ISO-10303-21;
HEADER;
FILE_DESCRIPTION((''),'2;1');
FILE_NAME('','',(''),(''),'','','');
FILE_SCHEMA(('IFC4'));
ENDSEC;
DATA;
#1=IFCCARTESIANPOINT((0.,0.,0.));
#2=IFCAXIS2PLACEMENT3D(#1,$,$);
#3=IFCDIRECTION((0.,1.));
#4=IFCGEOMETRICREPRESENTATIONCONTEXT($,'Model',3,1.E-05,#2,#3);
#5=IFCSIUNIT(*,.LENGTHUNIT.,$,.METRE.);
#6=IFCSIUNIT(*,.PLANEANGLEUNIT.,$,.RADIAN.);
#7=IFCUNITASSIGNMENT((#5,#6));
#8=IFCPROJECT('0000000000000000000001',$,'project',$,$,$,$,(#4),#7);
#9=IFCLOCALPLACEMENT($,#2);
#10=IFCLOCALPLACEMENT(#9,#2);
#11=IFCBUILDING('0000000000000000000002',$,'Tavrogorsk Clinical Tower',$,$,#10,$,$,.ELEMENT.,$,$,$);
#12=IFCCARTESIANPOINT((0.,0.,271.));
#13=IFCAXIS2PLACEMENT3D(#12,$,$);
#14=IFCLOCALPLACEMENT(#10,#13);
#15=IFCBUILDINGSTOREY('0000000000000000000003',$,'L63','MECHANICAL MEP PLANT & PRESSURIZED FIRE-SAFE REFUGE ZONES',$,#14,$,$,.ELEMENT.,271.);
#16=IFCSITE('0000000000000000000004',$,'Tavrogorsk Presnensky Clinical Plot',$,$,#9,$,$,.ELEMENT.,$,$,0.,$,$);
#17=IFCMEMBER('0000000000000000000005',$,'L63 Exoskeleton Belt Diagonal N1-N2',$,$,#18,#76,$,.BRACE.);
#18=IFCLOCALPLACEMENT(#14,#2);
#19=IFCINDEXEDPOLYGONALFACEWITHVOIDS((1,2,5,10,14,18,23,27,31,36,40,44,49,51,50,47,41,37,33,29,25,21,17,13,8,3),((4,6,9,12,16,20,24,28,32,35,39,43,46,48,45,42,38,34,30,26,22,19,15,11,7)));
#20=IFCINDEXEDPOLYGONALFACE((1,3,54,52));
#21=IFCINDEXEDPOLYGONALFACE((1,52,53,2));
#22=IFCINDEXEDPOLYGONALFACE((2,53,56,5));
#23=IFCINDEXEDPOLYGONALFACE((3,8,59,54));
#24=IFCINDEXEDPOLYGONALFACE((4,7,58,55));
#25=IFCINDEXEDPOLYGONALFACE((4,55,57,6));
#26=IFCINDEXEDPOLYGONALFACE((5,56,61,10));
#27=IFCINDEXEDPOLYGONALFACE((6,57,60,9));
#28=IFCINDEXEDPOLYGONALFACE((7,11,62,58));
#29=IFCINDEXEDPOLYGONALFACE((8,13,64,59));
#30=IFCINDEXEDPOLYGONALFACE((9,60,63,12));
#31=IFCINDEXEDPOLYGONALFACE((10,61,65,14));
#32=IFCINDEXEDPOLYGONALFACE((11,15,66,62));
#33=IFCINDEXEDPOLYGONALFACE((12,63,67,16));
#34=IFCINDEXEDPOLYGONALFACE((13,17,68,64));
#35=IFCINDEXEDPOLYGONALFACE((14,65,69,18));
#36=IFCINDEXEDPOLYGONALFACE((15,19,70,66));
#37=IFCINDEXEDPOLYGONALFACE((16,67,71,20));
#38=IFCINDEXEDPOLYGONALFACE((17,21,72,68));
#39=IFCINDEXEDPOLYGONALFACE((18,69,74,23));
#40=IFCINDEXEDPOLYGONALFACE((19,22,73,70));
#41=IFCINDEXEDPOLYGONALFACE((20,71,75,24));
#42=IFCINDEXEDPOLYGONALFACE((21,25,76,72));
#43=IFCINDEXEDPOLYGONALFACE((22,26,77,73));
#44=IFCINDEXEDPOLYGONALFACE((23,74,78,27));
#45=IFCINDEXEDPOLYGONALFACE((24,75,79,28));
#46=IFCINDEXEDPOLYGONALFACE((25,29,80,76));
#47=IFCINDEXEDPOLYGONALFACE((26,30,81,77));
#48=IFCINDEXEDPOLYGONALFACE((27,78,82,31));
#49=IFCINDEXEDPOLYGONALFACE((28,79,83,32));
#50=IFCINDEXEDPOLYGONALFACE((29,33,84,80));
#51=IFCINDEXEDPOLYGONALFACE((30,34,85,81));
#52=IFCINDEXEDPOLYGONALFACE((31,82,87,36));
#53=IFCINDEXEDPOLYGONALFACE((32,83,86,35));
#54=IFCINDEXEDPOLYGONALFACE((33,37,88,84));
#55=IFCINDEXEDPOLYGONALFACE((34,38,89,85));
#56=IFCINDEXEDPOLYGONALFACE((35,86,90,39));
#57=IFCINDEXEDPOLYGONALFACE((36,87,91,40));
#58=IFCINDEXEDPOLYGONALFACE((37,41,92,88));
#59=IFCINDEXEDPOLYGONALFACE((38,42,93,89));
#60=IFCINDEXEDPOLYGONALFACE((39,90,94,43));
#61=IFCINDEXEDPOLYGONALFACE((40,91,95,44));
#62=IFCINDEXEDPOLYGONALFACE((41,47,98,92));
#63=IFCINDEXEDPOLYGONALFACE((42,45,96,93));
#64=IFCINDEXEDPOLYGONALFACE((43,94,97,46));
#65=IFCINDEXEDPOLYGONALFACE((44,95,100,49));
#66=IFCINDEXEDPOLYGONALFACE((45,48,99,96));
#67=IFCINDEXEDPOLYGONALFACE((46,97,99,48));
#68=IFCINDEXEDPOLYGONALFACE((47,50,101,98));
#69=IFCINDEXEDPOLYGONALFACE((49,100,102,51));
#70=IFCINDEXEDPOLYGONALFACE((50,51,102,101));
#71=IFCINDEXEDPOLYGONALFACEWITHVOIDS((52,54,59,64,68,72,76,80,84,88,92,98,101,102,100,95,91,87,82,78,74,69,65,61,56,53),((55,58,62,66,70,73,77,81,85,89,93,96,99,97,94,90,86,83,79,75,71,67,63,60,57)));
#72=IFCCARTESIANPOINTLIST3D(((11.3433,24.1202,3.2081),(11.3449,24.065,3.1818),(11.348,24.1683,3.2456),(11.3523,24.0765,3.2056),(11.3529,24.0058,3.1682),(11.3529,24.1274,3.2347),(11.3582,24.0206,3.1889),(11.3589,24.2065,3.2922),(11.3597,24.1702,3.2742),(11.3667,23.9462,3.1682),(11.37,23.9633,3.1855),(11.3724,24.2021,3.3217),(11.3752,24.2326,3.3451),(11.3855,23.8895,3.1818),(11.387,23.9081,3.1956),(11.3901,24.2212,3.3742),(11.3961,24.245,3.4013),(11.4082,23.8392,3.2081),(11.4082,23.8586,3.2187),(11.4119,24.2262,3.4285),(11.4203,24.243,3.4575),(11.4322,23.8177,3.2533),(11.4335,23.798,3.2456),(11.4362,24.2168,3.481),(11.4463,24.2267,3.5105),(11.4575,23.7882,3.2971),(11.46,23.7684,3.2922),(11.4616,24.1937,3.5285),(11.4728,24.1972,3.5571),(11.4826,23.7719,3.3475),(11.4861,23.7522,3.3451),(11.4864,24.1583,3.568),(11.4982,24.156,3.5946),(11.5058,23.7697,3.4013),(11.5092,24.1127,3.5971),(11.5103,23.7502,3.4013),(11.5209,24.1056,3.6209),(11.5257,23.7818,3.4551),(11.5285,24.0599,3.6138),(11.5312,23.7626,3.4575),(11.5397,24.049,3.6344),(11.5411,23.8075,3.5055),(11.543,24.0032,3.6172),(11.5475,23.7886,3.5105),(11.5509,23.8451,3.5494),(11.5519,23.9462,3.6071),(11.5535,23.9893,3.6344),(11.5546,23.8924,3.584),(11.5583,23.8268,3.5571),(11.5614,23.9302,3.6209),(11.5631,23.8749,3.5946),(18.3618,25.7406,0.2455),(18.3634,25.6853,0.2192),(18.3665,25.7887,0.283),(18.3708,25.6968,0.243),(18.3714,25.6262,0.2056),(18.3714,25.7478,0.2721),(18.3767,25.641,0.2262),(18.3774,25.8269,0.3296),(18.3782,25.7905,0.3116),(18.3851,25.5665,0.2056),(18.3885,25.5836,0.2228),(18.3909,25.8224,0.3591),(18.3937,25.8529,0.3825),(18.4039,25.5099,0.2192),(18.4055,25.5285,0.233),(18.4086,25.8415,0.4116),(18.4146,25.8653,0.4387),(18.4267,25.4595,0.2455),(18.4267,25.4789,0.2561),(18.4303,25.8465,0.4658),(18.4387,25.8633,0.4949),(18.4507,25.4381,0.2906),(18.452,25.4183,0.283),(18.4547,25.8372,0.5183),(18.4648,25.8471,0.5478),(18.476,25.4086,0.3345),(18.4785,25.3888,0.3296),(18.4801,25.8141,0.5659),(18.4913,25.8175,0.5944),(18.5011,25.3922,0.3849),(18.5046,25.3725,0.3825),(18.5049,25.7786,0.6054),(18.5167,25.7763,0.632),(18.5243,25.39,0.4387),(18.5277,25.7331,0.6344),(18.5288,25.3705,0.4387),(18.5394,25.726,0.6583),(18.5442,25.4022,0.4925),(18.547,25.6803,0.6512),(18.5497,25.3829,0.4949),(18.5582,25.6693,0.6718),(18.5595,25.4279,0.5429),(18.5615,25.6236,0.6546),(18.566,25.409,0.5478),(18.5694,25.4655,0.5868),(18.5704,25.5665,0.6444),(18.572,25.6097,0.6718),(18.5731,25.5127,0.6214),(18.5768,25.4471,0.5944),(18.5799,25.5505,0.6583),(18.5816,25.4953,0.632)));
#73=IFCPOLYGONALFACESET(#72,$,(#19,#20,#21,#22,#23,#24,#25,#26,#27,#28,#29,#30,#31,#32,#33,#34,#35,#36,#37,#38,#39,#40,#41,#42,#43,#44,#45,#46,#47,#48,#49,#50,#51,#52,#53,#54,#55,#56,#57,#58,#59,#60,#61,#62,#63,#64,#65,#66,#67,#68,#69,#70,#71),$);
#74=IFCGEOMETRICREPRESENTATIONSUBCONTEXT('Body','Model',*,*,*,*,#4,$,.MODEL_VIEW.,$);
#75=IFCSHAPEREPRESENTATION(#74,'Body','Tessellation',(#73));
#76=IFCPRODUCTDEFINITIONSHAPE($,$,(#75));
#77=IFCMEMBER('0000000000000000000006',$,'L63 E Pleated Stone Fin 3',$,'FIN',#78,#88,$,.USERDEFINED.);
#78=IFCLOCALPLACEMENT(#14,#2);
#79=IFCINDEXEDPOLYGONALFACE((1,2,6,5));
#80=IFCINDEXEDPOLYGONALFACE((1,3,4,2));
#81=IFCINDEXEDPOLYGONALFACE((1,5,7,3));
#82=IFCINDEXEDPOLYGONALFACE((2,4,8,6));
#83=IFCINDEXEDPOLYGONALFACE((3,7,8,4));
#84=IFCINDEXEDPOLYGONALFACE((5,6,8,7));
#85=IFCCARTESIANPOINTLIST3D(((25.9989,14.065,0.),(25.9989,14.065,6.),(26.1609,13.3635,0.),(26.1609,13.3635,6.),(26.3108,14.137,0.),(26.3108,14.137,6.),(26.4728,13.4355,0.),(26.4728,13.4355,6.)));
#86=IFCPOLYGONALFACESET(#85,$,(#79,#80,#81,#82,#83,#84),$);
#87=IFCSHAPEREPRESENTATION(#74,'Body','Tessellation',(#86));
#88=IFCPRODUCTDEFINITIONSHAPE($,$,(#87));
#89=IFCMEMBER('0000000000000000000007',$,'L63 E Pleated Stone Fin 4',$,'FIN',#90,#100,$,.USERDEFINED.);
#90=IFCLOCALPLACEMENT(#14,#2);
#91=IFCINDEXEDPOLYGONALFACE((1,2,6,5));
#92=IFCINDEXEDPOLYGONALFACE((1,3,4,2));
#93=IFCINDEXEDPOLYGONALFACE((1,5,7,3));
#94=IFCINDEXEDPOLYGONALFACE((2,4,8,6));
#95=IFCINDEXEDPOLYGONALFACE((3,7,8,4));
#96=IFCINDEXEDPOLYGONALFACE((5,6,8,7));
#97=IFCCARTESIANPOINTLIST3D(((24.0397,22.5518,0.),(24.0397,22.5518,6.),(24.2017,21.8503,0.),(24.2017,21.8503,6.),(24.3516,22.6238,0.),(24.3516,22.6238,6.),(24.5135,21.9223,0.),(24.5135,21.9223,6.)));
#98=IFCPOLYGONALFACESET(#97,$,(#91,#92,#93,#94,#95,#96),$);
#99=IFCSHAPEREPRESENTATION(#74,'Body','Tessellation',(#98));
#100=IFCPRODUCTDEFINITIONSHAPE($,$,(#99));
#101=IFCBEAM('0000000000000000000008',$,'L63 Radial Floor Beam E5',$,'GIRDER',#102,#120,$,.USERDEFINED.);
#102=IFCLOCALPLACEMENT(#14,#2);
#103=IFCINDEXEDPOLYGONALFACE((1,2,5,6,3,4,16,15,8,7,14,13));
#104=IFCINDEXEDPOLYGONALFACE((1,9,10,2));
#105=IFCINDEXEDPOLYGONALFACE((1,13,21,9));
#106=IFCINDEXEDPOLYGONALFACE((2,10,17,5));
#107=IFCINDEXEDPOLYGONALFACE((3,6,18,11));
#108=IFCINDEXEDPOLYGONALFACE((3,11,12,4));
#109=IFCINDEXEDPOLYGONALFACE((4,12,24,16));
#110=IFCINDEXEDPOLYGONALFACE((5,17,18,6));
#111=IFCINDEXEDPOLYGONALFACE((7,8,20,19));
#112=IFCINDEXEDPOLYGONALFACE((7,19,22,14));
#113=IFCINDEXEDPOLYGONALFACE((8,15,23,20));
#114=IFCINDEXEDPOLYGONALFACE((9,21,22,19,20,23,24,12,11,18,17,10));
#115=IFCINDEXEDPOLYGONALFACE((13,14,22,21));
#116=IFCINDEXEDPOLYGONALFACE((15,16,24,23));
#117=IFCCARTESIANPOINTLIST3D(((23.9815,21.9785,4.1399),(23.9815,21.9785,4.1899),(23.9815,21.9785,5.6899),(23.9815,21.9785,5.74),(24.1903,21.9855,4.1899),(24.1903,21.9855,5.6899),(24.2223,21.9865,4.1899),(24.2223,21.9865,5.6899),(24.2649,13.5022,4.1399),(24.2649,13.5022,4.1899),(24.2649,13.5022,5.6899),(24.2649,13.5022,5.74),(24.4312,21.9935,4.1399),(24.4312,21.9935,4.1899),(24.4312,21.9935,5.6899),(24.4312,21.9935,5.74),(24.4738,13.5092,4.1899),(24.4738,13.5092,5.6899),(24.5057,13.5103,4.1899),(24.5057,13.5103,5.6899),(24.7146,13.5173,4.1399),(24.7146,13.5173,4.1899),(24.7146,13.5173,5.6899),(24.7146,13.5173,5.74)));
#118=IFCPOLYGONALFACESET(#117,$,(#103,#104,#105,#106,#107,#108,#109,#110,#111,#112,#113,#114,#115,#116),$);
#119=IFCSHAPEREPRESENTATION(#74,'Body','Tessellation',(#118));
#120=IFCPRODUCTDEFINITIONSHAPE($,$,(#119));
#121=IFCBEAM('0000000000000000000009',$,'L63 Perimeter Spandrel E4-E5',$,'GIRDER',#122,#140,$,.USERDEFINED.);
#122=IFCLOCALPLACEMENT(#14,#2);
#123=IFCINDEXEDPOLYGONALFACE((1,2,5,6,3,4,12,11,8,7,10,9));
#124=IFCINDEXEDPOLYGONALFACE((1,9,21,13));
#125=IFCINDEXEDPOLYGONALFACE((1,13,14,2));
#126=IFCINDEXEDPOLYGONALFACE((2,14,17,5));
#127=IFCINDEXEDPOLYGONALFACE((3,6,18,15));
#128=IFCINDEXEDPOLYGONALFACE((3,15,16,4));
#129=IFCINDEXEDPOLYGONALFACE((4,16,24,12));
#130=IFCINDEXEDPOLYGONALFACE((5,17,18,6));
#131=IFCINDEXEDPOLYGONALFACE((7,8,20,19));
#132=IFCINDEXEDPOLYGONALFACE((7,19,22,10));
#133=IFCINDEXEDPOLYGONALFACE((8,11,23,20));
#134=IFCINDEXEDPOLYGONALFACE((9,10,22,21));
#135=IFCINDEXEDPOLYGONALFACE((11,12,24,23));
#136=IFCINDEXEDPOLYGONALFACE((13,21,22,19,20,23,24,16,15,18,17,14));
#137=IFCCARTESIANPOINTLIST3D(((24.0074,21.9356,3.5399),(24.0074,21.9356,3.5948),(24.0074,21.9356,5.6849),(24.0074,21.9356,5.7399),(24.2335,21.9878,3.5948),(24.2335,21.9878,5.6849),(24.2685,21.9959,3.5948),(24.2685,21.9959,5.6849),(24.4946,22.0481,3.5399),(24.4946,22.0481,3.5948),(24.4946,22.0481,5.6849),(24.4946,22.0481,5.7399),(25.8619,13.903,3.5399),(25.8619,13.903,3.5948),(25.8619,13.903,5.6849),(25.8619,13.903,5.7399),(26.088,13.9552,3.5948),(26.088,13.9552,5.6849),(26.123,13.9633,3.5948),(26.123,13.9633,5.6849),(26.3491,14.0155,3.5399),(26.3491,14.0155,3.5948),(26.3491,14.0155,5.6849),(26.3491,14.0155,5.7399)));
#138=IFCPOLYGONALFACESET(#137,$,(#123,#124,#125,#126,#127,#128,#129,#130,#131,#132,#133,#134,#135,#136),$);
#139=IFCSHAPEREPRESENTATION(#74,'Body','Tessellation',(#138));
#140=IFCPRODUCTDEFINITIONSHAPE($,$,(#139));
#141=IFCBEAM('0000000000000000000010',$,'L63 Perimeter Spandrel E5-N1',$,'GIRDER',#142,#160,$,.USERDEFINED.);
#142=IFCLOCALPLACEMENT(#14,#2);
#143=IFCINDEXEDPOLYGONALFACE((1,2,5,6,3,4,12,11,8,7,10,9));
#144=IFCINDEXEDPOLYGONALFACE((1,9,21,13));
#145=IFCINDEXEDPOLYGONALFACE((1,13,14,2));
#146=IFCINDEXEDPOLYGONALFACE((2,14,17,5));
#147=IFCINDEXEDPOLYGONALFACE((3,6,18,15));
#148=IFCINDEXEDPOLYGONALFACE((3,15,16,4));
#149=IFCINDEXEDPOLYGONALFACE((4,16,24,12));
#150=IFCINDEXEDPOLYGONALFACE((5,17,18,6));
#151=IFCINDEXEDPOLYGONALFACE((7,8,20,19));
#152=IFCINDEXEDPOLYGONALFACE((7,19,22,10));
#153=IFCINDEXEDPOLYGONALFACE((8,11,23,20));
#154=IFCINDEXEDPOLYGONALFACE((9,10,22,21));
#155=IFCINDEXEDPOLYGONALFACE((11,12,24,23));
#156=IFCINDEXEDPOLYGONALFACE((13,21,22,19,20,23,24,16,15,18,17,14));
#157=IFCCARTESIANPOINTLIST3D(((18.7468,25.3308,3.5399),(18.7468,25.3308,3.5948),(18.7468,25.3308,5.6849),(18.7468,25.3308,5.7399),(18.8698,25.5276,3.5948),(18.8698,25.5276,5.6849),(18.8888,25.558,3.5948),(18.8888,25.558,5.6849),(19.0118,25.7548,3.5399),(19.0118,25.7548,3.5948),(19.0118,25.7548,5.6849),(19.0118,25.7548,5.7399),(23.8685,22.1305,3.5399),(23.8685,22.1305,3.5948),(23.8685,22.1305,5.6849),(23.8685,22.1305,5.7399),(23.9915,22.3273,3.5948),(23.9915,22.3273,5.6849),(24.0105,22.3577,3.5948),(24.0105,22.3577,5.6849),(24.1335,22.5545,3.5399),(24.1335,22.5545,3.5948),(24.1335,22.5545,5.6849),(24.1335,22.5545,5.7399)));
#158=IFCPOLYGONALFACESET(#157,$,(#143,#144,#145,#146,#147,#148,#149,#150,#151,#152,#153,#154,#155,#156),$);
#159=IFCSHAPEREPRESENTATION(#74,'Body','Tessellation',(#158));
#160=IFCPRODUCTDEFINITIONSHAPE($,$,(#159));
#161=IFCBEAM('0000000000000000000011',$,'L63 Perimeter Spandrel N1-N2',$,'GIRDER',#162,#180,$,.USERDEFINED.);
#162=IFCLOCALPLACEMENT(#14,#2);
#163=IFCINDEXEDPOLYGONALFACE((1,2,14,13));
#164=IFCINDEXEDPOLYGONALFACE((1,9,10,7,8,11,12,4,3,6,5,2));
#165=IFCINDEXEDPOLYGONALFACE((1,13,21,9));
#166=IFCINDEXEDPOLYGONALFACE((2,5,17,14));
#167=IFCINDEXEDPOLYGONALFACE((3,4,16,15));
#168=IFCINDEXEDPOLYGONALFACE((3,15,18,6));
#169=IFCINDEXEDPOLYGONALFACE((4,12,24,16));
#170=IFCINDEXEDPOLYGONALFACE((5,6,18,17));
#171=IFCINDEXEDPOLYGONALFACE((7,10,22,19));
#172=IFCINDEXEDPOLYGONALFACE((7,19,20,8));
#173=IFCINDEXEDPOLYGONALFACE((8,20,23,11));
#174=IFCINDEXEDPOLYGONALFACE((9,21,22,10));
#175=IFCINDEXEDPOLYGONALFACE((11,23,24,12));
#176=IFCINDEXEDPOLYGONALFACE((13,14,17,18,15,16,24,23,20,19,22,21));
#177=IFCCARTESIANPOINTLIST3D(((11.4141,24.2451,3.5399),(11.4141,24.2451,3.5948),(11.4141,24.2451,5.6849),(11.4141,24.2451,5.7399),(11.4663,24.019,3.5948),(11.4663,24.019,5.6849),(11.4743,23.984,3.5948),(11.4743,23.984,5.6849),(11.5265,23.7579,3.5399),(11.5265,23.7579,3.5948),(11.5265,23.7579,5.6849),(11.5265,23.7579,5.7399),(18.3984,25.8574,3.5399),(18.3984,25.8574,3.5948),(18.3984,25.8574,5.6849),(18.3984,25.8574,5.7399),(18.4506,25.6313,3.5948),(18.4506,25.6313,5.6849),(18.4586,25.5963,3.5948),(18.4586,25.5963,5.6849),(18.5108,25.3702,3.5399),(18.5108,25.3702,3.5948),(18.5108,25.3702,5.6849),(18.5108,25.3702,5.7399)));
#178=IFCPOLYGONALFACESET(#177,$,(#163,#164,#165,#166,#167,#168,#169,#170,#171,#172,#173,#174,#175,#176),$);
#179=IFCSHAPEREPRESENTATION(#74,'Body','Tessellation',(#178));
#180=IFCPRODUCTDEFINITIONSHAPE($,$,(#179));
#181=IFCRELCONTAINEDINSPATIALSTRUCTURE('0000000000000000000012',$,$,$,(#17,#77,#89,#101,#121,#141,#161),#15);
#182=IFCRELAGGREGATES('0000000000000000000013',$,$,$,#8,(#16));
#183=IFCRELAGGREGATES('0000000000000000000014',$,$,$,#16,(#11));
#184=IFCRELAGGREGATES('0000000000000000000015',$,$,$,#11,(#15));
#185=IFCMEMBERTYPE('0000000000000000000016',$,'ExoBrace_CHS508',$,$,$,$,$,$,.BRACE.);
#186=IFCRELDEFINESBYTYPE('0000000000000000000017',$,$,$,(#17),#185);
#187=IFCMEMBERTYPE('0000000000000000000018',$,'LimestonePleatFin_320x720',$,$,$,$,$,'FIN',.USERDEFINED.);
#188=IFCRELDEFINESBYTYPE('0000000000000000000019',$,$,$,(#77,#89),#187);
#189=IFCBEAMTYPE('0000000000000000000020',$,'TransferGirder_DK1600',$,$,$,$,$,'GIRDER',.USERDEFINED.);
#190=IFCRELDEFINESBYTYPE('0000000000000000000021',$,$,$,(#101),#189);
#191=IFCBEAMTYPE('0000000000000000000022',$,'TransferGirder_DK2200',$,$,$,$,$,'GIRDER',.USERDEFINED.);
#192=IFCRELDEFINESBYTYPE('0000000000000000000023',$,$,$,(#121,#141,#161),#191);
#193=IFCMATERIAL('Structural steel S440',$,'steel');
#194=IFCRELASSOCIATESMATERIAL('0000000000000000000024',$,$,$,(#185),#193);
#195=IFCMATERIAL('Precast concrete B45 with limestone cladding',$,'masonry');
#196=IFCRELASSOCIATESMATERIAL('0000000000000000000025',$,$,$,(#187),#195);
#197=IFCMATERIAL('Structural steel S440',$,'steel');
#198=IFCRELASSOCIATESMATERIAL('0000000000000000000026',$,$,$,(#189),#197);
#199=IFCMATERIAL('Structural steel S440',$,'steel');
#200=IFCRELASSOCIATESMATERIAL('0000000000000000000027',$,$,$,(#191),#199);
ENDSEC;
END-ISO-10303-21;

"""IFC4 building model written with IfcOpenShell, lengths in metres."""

from ifc_helpers import new_model, si_unit, direction, frame, origin, origin_2d, place, context, subcontext, project, spatial, rectangle, hollow_circle, i_section, extrude, material, material_profile, profile_set, type_object, element, save


model = new_model("IFC4")

# Units and contexts
model_context = context("Model", 3, precision=1e-05, world=origin(), true_north=direction((0.0, 1.0)))
body_context = subcontext(model_context, "Body", "Model", "MODEL_VIEW")
ifc_project = project(units=[si_unit("LENGTHUNIT", "METRE"), si_unit("PLANEANGLEUNIT", "RADIAN")], contexts=[model_context])

# Site, building, storey
site_placement = place(None, origin())
site = spatial("IfcSite", under=ifc_project, at=site_placement, Name="Tavrogorsk Presnensky Clinical Plot", CompositionType="ELEMENT", RefElevation=0.0)
building_placement = place(site_placement, origin())
building = spatial("IfcBuilding", under=site, at=building_placement, Name="Tavrogorsk Clinical Tower", CompositionType="ELEMENT")
storey_placement = place(building_placement, frame((0.0, 0.0, 271.0)))
storey = spatial("IfcBuildingStorey", under=building, at=storey_placement, Name="L63", Description="MECHANICAL MEP PLANT & PRESSURIZED FIRE-SAFE REFUGE ZONES", CompositionType="ELEMENT", Elevation=271.0)

# Members
ifc_material_1 = material(Name="Structural steel S440", Category="steel")
ifc_material_profile_1 = material_profile(ifc_material_1, hollow_circle(Radius=0.2539, WallThickness=0.02, at=origin_2d()), Name="CHS-508x20")
ifc_profile_set_1 = profile_set([ifc_material_profile_1], Name="Structural steel S440")
member_type_1 = type_object("IfcMemberType", Name="ExoBrace_CHS508", PredefinedType="BRACE", material=ifc_profile_set_1)
member_1_placement = place(storey_placement, frame((18.4717, 25.6179, 0.4387), z_axis=(-0.901127, -0.208042, 0.38038), x_axis=(0.224951, -0.97437, 0.0)))
element("IfcMember", 1, at=member_1_placement, inside=storey, type_object=member_type_1, Name="L63 Exoskeleton Belt Diagonal N1-N2", PredefinedType="BRACE", context=body_context, shape_type="SweptSolid", body=[
    extrude(hollow_circle(Radius=0.2539, WallThickness=0.02, at=origin_2d()), origin(), (0.0, 0.0, 1.0), 7.7886),
])
ifc_material_2 = material(Name="Precast concrete B45 with limestone cladding", Category="masonry")
ifc_material_profile_2 = material_profile(ifc_material_2, rectangle(XDim=0.3201, YDim=0.72, at=origin_2d()), Name="LIMESTONE-FIN-320x720")
ifc_profile_set_2 = profile_set([ifc_material_profile_2], Name="Precast concrete B45 with limestone cladding")
member_type_2 = type_object("IfcMemberType", Name="LimestonePleatFin_320x720", ElementType="FIN", PredefinedType="USERDEFINED", material=ifc_profile_set_2)
for number, where, z_axis, x_axis, name in (
    (2, (26.2358, 13.7502, 0.0), (0.0, 0.0, 1.0), (0.97437, 0.224951, 0.0), "L63 E Pleated Stone Fin 3"),
    (3, (24.2766, 22.2371, 0.0), (0.0, 0.0, 1.0), (0.97437, 0.224951, 0.0), "L63 E Pleated Stone Fin 4"),
):
    element("IfcMember", number, at=place(storey_placement, frame(where, z_axis=z_axis, x_axis=x_axis)), inside=storey, type_object=member_type_2, Name=name, ObjectType="FIN", PredefinedType="USERDEFINED", context=body_context, shape_type="SweptSolid", body=[
        extrude(rectangle(XDim=0.3201, YDim=0.72, at=origin_2d()), origin(), (0.0, 0.0, 1.0), 6.0),
    ])

# Beams
ifc_material_3 = material(Name="Structural steel S440", Category="steel")
ifc_material_profile_3 = material_profile(ifc_material_3, i_section(OverallWidth=0.45, OverallDepth=1.6001, WebThickness=0.032, FlangeThickness=0.05, at=origin_2d()), Name="DK-1600x450x32x50")
ifc_profile_set_3 = profile_set([ifc_material_profile_3], Name="Structural steel S440")
beam_type_1 = type_object("IfcBeamType", Name="TransferGirder_DK1600", ElementType="GIRDER", PredefinedType="USERDEFINED", material=ifc_profile_set_3)
beam_1_placement = place(storey_placement, frame((24.4897, 13.5098, 4.9399), z_axis=(-0.033421, 0.999441, 0.0), x_axis=(-0.999441, -0.033421, 0.0)))
element("IfcBeam", 4, at=beam_1_placement, inside=storey, type_object=beam_type_1, Name="L63 Radial Floor Beam E5", ObjectType="GIRDER", PredefinedType="USERDEFINED", context=body_context, shape_type="SweptSolid", body=[
    extrude(i_section(OverallWidth=0.45, OverallDepth=1.6001, WebThickness=0.032, FlangeThickness=0.05, at=origin_2d()), origin(), (0.0, 0.0, 1.0), 8.481),
])
ifc_material_4 = material(Name="Structural steel S440", Category="steel")
ifc_material_profile_4 = material_profile(ifc_material_4, i_section(OverallWidth=0.5, OverallDepth=2.2, WebThickness=0.0359, FlangeThickness=0.0549, at=origin_2d()), Name="DK-2200x500x36x55")
ifc_profile_set_4 = profile_set([ifc_material_profile_4], Name="Structural steel S440")
beam_type_2 = type_object("IfcBeamType", Name="TransferGirder_DK2200", ElementType="GIRDER", PredefinedType="USERDEFINED", material=ifc_profile_set_4)
beam_2_placement = place(storey_placement, frame((26.1055, 13.9592, 4.6399), z_axis=(-0.22495, 0.97437, 0.0), x_axis=(-0.97437, -0.22495, 0.0)))
element("IfcBeam", 5, at=beam_2_placement, inside=storey, type_object=beam_type_2, Name="L63 Perimeter Spandrel E4-E5", ObjectType="GIRDER", PredefinedType="USERDEFINED", context=body_context, shape_type="SweptSolid", body=[
    extrude(i_section(OverallWidth=0.5, OverallDepth=2.2, WebThickness=0.0359, FlangeThickness=0.0549, at=origin_2d()), origin(), (0.0, 0.0, 1.0), 8.2439),
])
beam_3_placement = place(storey_placement, frame((24.001, 22.3425, 4.6399), z_axis=(-0.848057, 0.529904, 0.0), x_axis=(-0.529904, -0.848057, 0.0)))
element("IfcBeam", 6, at=beam_3_placement, inside=storey, type_object=beam_type_2, Name="L63 Perimeter Spandrel E5-N1", ObjectType="GIRDER", PredefinedType="USERDEFINED", context=body_context, shape_type="SweptSolid", body=[
    extrude(i_section(OverallWidth=0.5, OverallDepth=2.2, WebThickness=0.0359, FlangeThickness=0.0549, at=origin_2d()), origin(), (0.0, 0.0, 1.0), 6.0393),
])
beam_4_placement = place(storey_placement, frame((18.4546, 25.6138, 4.6399), z_axis=(-0.974375, -0.224929, 0.0), x_axis=(0.224929, -0.974375, 0.0)))
element("IfcBeam", 7, at=beam_4_placement, inside=storey, type_object=beam_type_2, Name="L63 Perimeter Spandrel N1-N2", ObjectType="GIRDER", PredefinedType="USERDEFINED", context=body_context, shape_type="SweptSolid", body=[
    extrude(i_section(OverallWidth=0.5, OverallDepth=2.2, WebThickness=0.0359, FlangeThickness=0.0549, at=origin_2d()), origin(), (0.0, 0.0, 1.0), 7.168),
])

save(model, "model.ifc")
